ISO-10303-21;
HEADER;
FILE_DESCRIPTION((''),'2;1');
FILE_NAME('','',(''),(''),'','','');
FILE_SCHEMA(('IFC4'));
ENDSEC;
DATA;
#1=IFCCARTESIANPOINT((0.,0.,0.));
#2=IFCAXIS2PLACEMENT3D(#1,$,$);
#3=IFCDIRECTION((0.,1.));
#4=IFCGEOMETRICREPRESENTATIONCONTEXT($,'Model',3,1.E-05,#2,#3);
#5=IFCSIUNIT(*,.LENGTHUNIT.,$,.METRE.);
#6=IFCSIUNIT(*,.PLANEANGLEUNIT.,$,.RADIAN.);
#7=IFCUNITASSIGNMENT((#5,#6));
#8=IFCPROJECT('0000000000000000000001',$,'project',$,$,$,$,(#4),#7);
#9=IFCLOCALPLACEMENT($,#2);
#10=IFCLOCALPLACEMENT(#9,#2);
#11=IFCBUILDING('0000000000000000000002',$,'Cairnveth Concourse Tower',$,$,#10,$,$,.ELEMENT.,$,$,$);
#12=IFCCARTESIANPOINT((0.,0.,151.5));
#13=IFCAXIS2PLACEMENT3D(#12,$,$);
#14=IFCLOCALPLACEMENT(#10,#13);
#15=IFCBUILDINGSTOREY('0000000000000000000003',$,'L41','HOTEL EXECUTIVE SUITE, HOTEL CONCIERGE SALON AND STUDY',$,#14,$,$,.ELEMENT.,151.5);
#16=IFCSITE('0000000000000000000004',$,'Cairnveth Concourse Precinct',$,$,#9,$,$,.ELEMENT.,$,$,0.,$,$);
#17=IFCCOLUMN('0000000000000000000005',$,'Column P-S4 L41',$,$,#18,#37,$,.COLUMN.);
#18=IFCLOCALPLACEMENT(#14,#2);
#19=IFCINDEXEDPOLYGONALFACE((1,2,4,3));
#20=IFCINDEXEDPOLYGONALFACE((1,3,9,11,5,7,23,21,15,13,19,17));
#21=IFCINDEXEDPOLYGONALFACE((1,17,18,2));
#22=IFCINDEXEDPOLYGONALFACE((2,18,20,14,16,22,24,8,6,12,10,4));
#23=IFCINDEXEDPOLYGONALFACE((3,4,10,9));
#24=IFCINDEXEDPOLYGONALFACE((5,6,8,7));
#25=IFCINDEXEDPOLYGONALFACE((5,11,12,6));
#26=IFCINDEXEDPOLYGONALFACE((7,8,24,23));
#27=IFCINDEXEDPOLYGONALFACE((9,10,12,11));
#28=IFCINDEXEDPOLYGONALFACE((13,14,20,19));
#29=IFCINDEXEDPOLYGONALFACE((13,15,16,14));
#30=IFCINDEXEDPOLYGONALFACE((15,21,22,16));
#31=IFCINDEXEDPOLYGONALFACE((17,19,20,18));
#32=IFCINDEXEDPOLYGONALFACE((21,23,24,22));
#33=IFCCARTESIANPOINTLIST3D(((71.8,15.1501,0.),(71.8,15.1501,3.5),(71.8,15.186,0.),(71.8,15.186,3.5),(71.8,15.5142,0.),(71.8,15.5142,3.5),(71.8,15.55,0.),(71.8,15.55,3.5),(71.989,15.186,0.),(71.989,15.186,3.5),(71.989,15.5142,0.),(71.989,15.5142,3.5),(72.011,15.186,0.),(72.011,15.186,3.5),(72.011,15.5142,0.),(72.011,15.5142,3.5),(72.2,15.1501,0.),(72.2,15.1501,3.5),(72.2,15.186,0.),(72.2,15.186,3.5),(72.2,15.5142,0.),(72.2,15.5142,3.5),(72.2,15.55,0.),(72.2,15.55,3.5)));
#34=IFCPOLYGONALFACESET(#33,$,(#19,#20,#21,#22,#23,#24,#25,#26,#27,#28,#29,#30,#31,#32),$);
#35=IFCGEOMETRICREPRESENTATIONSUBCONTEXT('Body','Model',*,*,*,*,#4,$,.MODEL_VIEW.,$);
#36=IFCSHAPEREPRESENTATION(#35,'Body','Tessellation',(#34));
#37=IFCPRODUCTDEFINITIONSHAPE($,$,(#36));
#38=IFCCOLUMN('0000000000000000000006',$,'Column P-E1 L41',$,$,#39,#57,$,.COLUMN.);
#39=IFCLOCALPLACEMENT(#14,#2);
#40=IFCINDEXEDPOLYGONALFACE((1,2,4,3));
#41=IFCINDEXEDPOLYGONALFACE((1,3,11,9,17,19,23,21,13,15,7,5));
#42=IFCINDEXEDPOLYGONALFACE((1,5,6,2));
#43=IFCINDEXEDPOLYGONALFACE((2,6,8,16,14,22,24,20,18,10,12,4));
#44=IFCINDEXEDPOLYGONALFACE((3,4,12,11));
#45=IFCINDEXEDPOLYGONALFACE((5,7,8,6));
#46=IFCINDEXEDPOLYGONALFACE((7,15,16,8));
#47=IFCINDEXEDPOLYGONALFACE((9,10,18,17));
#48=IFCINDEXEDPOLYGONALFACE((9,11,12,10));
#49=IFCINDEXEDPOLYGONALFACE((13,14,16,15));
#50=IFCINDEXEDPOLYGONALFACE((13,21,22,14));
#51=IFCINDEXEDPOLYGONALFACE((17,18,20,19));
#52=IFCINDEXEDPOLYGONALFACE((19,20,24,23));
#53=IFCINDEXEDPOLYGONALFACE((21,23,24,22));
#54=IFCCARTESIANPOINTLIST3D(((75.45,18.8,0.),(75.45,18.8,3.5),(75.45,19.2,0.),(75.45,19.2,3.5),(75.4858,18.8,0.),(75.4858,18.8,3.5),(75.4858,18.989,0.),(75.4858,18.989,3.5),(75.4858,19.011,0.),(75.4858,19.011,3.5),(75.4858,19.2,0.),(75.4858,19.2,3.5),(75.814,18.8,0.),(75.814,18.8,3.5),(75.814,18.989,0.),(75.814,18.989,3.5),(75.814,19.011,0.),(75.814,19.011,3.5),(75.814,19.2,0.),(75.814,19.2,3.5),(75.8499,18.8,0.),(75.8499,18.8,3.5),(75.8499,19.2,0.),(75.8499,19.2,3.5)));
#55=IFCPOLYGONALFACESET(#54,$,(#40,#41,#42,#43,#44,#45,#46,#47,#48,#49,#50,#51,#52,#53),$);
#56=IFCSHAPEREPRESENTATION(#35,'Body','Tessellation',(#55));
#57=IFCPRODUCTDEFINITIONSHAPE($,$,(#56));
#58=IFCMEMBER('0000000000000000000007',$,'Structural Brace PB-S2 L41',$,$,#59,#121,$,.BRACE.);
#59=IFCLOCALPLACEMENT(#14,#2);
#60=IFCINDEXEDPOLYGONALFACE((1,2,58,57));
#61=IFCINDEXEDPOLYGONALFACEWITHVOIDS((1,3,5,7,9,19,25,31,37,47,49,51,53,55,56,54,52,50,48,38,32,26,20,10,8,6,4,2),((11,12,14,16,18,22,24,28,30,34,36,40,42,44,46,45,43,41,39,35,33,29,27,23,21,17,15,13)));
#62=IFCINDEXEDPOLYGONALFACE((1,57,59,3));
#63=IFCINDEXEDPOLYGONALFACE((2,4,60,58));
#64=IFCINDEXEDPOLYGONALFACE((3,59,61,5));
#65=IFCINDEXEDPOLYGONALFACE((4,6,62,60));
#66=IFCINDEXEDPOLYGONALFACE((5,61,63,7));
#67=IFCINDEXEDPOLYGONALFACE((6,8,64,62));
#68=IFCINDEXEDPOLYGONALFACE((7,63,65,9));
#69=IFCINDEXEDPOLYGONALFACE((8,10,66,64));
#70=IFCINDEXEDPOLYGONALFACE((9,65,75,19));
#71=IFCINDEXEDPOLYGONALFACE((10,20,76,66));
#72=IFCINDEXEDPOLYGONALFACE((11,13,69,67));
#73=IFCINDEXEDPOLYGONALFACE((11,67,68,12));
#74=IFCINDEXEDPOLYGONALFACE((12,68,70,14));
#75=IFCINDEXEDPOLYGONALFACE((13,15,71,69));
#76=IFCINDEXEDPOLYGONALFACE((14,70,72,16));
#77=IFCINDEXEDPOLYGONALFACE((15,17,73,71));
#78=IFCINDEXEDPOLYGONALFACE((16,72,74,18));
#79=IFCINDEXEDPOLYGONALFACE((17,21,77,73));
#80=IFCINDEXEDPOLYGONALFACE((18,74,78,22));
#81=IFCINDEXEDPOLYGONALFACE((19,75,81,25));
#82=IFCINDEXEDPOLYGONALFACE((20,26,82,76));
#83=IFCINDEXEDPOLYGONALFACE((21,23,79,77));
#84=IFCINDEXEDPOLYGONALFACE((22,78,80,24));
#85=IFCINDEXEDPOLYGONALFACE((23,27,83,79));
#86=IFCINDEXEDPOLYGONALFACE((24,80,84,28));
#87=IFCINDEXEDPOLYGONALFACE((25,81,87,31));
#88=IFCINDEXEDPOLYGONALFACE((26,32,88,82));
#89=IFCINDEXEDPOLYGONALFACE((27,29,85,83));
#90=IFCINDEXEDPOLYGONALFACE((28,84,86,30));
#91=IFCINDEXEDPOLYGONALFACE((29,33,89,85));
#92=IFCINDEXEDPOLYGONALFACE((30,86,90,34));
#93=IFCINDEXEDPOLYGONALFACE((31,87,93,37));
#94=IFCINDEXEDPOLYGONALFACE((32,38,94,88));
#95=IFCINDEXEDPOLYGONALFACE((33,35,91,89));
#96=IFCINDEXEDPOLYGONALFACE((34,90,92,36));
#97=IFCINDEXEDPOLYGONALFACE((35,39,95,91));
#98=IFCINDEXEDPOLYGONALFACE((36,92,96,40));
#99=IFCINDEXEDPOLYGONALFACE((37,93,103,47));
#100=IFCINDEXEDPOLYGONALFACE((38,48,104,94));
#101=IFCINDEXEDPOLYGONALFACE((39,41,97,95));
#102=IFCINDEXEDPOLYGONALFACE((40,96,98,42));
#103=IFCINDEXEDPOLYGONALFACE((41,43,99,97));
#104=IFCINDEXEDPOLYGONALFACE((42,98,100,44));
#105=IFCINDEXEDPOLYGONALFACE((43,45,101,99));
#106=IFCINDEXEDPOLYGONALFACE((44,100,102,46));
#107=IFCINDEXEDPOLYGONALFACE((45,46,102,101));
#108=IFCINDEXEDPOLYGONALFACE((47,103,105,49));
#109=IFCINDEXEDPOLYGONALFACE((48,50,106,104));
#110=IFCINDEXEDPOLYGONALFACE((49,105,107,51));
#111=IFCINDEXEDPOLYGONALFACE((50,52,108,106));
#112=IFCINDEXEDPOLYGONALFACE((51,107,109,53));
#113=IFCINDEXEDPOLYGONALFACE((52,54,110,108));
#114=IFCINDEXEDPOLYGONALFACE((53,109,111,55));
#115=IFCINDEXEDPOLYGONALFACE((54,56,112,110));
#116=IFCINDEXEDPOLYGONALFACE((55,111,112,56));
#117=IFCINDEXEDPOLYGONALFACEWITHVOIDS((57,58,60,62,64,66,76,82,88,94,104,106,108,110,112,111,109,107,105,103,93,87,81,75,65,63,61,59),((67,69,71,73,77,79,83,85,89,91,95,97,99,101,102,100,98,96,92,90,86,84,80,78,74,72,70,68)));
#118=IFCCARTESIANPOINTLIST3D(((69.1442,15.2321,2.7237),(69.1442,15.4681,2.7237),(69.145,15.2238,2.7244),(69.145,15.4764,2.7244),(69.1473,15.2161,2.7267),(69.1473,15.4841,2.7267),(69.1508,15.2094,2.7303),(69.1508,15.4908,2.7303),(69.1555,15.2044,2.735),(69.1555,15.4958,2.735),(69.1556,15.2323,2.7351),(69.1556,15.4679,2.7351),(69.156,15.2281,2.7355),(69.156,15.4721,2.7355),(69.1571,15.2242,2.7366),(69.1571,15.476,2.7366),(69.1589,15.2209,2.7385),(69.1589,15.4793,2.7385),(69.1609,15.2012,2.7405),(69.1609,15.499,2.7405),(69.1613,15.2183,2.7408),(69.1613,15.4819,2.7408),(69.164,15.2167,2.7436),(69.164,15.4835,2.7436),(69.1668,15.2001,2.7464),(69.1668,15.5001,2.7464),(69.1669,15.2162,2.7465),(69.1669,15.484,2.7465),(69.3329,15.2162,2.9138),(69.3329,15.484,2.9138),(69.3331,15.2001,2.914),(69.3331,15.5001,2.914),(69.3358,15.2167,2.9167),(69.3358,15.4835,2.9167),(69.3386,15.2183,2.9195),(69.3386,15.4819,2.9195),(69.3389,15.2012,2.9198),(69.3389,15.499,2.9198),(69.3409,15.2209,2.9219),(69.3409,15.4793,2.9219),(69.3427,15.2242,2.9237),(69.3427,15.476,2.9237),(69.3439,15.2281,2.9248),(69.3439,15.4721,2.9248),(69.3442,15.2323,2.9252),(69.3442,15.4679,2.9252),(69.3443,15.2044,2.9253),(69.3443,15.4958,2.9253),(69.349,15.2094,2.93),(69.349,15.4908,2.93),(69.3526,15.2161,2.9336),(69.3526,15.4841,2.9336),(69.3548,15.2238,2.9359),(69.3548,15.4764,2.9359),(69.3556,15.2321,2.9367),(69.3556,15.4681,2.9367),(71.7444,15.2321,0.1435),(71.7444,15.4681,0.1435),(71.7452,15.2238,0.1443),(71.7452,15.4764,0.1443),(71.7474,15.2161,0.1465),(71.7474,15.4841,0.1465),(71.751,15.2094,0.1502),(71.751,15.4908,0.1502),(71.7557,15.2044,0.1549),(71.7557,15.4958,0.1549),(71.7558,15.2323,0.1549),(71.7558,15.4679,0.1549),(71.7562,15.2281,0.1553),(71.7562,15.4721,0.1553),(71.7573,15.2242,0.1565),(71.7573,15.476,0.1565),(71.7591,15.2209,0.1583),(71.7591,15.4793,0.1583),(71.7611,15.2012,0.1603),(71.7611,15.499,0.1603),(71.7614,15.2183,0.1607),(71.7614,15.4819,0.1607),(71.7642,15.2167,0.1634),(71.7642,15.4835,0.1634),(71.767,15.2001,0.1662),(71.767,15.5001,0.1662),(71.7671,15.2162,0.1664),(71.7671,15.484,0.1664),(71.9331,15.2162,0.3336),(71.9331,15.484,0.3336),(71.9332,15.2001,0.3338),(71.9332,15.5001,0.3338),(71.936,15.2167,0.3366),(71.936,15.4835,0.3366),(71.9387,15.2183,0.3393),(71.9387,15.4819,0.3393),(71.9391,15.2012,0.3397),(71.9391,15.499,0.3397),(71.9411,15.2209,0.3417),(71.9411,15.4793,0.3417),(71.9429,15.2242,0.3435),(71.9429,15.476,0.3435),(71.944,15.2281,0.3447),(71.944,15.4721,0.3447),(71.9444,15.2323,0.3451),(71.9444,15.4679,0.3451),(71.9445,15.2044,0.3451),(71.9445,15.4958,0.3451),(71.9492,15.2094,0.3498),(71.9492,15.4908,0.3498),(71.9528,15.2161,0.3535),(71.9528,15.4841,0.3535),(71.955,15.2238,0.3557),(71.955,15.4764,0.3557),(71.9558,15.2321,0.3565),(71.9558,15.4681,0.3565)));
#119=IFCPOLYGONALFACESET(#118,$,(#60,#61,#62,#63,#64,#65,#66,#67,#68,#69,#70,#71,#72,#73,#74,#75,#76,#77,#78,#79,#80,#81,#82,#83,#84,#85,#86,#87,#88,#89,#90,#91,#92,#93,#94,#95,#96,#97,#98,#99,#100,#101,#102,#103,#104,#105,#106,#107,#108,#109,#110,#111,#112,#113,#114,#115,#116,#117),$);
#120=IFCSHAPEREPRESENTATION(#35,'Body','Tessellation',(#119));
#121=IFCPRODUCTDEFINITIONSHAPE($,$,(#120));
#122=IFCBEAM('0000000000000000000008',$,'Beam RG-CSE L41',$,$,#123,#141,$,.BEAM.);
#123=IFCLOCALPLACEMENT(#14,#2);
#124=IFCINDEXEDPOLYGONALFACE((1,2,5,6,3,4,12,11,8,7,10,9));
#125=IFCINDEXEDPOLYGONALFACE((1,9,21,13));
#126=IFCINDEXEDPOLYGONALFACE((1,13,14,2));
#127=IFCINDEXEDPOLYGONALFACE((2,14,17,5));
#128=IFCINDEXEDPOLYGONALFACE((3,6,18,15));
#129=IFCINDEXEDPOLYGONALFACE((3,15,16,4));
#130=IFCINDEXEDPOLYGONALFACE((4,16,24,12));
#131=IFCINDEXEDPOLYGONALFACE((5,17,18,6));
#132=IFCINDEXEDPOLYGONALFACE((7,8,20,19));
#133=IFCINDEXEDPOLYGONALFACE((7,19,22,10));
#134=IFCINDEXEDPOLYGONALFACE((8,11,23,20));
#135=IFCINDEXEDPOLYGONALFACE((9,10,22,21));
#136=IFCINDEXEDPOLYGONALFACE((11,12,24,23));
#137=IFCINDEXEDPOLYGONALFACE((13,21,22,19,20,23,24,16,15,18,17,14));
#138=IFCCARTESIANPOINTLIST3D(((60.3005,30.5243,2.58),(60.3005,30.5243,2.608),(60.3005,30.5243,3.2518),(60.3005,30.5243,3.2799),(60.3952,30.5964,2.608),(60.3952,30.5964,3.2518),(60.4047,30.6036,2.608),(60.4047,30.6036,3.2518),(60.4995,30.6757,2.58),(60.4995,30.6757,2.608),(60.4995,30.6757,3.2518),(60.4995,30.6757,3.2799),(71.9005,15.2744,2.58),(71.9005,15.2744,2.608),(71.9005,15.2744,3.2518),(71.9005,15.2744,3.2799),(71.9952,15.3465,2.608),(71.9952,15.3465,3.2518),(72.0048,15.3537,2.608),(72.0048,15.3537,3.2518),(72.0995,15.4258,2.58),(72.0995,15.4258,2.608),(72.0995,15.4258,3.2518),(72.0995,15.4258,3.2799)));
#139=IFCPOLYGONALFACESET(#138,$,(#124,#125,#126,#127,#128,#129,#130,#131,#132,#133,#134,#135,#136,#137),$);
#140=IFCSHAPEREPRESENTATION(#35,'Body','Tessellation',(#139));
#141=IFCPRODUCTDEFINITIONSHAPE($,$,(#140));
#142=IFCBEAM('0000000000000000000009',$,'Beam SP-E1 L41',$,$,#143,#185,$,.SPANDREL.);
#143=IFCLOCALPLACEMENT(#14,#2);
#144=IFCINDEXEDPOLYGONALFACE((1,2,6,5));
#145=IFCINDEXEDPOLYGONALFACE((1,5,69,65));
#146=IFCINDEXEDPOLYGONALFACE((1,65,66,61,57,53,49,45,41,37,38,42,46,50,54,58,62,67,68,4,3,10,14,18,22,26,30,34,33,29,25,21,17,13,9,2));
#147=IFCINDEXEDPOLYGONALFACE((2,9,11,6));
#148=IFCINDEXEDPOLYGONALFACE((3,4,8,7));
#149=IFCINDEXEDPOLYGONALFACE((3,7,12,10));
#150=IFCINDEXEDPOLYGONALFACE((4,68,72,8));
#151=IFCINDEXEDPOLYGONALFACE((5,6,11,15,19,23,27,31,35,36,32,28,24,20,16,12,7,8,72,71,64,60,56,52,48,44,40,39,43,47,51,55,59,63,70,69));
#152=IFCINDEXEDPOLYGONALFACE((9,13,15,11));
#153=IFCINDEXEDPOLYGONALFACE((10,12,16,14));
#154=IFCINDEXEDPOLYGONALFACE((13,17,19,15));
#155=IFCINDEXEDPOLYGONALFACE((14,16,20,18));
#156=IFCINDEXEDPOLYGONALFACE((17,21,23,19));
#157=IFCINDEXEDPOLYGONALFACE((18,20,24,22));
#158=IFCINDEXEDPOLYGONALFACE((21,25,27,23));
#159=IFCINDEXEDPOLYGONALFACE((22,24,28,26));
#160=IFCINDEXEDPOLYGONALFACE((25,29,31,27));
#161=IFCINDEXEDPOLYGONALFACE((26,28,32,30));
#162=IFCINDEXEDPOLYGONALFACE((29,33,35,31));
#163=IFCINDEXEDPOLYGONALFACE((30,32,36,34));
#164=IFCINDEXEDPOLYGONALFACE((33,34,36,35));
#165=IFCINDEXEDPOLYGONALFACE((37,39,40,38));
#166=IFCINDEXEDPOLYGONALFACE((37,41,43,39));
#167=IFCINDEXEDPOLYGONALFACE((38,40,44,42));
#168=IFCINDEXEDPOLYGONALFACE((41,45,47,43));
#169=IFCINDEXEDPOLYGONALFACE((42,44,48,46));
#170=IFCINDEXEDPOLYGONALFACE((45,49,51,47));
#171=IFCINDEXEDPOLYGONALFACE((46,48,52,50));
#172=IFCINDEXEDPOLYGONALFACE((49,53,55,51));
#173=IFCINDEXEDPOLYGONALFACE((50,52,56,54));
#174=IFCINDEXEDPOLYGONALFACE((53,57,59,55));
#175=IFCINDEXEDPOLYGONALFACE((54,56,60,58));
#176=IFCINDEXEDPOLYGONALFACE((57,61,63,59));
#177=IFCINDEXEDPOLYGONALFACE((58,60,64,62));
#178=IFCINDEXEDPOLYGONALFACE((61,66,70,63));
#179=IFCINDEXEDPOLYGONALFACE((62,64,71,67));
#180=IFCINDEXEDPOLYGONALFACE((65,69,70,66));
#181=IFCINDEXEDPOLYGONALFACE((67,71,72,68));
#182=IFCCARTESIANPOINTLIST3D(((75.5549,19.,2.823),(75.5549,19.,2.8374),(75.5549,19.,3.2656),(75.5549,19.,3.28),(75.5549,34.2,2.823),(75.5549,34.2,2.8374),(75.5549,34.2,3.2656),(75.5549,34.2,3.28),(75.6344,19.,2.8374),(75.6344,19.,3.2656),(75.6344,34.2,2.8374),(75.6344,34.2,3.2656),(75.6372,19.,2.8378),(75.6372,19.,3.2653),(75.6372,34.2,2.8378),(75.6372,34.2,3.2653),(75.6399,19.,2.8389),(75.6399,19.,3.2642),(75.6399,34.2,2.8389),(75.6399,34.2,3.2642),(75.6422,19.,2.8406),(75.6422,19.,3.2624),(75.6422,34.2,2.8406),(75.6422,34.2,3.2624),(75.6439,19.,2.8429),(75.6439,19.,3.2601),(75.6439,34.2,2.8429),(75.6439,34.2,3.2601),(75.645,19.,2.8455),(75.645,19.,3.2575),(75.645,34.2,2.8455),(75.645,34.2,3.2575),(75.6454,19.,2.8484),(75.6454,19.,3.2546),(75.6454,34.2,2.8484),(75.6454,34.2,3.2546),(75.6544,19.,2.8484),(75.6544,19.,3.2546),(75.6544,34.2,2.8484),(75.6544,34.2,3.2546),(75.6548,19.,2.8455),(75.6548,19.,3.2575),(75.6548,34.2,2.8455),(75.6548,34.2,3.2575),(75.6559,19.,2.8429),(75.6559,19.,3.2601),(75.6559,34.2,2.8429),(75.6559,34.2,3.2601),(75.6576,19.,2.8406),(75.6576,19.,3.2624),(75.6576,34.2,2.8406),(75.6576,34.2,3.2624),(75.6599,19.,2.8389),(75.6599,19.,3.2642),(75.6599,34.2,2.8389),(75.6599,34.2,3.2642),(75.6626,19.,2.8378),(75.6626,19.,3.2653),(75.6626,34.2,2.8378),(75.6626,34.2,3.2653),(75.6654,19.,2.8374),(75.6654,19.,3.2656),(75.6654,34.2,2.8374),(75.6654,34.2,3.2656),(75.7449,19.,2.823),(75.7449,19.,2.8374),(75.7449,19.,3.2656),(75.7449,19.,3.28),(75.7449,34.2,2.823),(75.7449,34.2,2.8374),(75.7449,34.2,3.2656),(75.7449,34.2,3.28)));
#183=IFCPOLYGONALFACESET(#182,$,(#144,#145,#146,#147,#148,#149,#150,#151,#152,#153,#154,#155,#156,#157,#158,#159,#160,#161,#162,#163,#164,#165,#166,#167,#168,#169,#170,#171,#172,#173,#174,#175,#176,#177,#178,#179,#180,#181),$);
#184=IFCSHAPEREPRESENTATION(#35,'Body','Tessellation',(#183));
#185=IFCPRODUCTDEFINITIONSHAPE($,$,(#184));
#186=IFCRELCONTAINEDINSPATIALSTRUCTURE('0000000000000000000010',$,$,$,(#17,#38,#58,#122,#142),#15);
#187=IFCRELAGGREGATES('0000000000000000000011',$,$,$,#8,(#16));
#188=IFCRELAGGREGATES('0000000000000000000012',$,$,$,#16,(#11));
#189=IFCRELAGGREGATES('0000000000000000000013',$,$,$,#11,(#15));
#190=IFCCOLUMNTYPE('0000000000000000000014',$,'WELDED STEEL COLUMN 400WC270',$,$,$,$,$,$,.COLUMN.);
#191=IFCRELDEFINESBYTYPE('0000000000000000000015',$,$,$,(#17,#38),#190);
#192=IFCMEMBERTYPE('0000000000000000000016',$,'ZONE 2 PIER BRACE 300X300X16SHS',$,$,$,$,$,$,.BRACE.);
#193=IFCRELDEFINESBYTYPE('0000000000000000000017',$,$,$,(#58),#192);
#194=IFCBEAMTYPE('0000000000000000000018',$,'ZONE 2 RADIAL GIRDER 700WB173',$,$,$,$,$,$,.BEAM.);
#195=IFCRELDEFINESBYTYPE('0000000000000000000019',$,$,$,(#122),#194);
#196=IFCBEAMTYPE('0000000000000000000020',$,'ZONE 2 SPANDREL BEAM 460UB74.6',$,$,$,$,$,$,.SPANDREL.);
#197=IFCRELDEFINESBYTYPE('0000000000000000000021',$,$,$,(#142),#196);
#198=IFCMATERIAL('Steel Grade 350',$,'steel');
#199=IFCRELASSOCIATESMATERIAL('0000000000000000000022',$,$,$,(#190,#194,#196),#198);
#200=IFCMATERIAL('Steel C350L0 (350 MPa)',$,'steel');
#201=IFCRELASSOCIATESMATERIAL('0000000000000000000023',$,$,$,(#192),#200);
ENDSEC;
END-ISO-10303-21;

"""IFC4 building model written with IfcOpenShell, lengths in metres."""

from ifc_helpers import new_model, si_unit, direction, frame, origin, origin_2d, place, context, subcontext, project, spatial, hollow_rectangle, i_section, extrude, material, material_profile, profile_set, type_object, element, save


model = new_model("IFC4")

# Units and contexts
model_context = context("Model", 3, precision=1e-05, world=origin(), true_north=direction((0.0, 1.0)))
body_context = subcontext(model_context, "Body", "Model", "MODEL_VIEW")
ifc_project = project(units=[si_unit("LENGTHUNIT", "METRE"), si_unit("PLANEANGLEUNIT", "RADIAN")], contexts=[model_context])

# Site, building, storey
site_placement = place(None, origin())
site = spatial("IfcSite", under=ifc_project, at=site_placement, Name="Cairnveth Concourse Precinct", CompositionType="ELEMENT", RefElevation=0.0)
building_placement = place(site_placement, origin())
building = spatial("IfcBuilding", under=site, at=building_placement, Name="Cairnveth Concourse Tower", CompositionType="ELEMENT")
storey_placement = place(building_placement, frame((0.0, 0.0, 151.5)))
storey = spatial("IfcBuildingStorey", under=building, at=storey_placement, Name="L41", Description="HOTEL EXECUTIVE SUITE, HOTEL CONCIERGE SALON AND STUDY", CompositionType="ELEMENT", Elevation=151.5)

# Columns
ifc_material_1 = material(Name="Steel Grade 350", Category="steel")
ifc_material_profile_1 = material_profile(ifc_material_1, i_section(OverallWidth=0.3999, OverallDepth=0.3999, WebThickness=0.022, FlangeThickness=0.0359, at=origin_2d()), Name="400WC270")
ifc_profile_set_1 = profile_set([ifc_material_profile_1], Name="Steel Grade 350")
column_type = type_object("IfcColumnType", Name="WELDED STEEL COLUMN 400WC270", PredefinedType="COLUMN", material=ifc_profile_set_1)
for number, where, z_axis, x_axis, name in (
    (1, (72.0, 15.3501, 0.0), (0.0, 0.0, 1.0), (1.0, 0.0, 0.0), "Column P-S4 L41"),
    (2, (75.6499, 19.0, 0.0), (0.0, 0.0, 1.0), (0.0, 1.0, 0.0), "Column P-E1 L41"),
):
    element("IfcColumn", number, at=place(storey_placement, frame(where, z_axis=z_axis, x_axis=x_axis)), inside=storey, type_object=column_type, Name=name, PredefinedType="COLUMN", context=body_context, shape_type="SweptSolid", body=[
        extrude(i_section(OverallWidth=0.3999, OverallDepth=0.3999, WebThickness=0.022, FlangeThickness=0.0359, at=origin_2d()), origin(), (0.0, 0.0, 1.0), 3.5),
    ])

# Member
ifc_material_2 = material(Name="Steel C350L0 (350 MPa)", Category="steel")
ifc_material_profile_2 = material_profile(ifc_material_2, hollow_rectangle(XDim=0.3, YDim=0.3, WallThickness=0.0161, InnerFilletRadius=0.0161, OuterFilletRadius=0.032, at=origin_2d()), Name="300x300x16.0SHS")
ifc_profile_set_2 = profile_set([ifc_material_profile_2], Name="Steel C350L0 (350 MPa)")
member_type = type_object("IfcMemberType", Name="ZONE 2 PIER BRACE 300X300X16SHS", PredefinedType="BRACE", material=ifc_profile_set_2)
member_placement = place(storey_placement, frame((71.8501, 15.3501, 0.25), z_axis=(-0.709834, 0.0, 0.704369), x_axis=(0.0, -1.0, 0.0)))
element("IfcMember", 3, at=member_placement, inside=storey, type_object=member_type, Name="Structural Brace PB-S2 L41", PredefinedType="BRACE", context=body_context, shape_type="SweptSolid", body=[
    extrude(hollow_rectangle(XDim=0.3, YDim=0.3, WallThickness=0.0161, InnerFilletRadius=0.0161, OuterFilletRadius=0.032, at=origin_2d()), origin(), (0.0, 0.0, 1.0), 3.6631),
])

# Beams
ifc_material_profile_3 = material_profile(ifc_material_1, i_section(OverallWidth=0.25, OverallDepth=0.7, WebThickness=0.012, FlangeThickness=0.0281, at=origin_2d()), Name="700WB173")
ifc_profile_set_3 = profile_set([ifc_material_profile_3], Name="Steel Grade 350")
beam_type_1 = type_object("IfcBeamType", Name="ZONE 2 RADIAL GIRDER 700WB173", PredefinedType="BEAM", material=ifc_profile_set_3)
beam_1_placement = place(storey_placement, frame((72.0, 15.3501, 2.9299), z_axis=(-0.605417, 0.795908, 0.0), x_axis=(-0.795908, -0.605417, 0.0)))
element("IfcBeam", 4, at=beam_1_placement, inside=storey, type_object=beam_type_1, Name="Beam RG-CSE L41", PredefinedType="BEAM", context=body_context, shape_type="SweptSolid", body=[
    extrude(i_section(OverallWidth=0.25, OverallDepth=0.7, WebThickness=0.012, FlangeThickness=0.0281, at=origin_2d()), origin(), (0.0, 0.0, 1.0), 19.1604),
])
ifc_material_profile_4 = material_profile(ifc_material_1, i_section(OverallWidth=0.1899, OverallDepth=0.457, WebThickness=0.009, FlangeThickness=0.0144, FilletRadius=0.011, at=origin_2d()), Name="460UB74.6")
ifc_profile_set_4 = profile_set([ifc_material_profile_4], Name="Steel Grade 350")
beam_type_2 = type_object("IfcBeamType", Name="ZONE 2 SPANDREL BEAM 460UB74.6", PredefinedType="SPANDREL", material=ifc_profile_set_4)
beam_2_placement = place(storey_placement, frame((75.6499, 19.0, 3.0515), z_axis=(0.0, 1.0, 0.0), x_axis=(-1.0, 0.0, 0.0)))
element("IfcBeam", 5, at=beam_2_placement, inside=storey, type_object=beam_type_2, Name="Beam SP-E1 L41", PredefinedType="SPANDREL", context=body_context, shape_type="SweptSolid", body=[
    extrude(i_section(OverallWidth=0.1899, OverallDepth=0.457, WebThickness=0.009, FlangeThickness=0.0144, FilletRadius=0.011, at=origin_2d()), origin(), (0.0, 0.0, 1.0), 15.2),
])

save(model, "model.ifc")
